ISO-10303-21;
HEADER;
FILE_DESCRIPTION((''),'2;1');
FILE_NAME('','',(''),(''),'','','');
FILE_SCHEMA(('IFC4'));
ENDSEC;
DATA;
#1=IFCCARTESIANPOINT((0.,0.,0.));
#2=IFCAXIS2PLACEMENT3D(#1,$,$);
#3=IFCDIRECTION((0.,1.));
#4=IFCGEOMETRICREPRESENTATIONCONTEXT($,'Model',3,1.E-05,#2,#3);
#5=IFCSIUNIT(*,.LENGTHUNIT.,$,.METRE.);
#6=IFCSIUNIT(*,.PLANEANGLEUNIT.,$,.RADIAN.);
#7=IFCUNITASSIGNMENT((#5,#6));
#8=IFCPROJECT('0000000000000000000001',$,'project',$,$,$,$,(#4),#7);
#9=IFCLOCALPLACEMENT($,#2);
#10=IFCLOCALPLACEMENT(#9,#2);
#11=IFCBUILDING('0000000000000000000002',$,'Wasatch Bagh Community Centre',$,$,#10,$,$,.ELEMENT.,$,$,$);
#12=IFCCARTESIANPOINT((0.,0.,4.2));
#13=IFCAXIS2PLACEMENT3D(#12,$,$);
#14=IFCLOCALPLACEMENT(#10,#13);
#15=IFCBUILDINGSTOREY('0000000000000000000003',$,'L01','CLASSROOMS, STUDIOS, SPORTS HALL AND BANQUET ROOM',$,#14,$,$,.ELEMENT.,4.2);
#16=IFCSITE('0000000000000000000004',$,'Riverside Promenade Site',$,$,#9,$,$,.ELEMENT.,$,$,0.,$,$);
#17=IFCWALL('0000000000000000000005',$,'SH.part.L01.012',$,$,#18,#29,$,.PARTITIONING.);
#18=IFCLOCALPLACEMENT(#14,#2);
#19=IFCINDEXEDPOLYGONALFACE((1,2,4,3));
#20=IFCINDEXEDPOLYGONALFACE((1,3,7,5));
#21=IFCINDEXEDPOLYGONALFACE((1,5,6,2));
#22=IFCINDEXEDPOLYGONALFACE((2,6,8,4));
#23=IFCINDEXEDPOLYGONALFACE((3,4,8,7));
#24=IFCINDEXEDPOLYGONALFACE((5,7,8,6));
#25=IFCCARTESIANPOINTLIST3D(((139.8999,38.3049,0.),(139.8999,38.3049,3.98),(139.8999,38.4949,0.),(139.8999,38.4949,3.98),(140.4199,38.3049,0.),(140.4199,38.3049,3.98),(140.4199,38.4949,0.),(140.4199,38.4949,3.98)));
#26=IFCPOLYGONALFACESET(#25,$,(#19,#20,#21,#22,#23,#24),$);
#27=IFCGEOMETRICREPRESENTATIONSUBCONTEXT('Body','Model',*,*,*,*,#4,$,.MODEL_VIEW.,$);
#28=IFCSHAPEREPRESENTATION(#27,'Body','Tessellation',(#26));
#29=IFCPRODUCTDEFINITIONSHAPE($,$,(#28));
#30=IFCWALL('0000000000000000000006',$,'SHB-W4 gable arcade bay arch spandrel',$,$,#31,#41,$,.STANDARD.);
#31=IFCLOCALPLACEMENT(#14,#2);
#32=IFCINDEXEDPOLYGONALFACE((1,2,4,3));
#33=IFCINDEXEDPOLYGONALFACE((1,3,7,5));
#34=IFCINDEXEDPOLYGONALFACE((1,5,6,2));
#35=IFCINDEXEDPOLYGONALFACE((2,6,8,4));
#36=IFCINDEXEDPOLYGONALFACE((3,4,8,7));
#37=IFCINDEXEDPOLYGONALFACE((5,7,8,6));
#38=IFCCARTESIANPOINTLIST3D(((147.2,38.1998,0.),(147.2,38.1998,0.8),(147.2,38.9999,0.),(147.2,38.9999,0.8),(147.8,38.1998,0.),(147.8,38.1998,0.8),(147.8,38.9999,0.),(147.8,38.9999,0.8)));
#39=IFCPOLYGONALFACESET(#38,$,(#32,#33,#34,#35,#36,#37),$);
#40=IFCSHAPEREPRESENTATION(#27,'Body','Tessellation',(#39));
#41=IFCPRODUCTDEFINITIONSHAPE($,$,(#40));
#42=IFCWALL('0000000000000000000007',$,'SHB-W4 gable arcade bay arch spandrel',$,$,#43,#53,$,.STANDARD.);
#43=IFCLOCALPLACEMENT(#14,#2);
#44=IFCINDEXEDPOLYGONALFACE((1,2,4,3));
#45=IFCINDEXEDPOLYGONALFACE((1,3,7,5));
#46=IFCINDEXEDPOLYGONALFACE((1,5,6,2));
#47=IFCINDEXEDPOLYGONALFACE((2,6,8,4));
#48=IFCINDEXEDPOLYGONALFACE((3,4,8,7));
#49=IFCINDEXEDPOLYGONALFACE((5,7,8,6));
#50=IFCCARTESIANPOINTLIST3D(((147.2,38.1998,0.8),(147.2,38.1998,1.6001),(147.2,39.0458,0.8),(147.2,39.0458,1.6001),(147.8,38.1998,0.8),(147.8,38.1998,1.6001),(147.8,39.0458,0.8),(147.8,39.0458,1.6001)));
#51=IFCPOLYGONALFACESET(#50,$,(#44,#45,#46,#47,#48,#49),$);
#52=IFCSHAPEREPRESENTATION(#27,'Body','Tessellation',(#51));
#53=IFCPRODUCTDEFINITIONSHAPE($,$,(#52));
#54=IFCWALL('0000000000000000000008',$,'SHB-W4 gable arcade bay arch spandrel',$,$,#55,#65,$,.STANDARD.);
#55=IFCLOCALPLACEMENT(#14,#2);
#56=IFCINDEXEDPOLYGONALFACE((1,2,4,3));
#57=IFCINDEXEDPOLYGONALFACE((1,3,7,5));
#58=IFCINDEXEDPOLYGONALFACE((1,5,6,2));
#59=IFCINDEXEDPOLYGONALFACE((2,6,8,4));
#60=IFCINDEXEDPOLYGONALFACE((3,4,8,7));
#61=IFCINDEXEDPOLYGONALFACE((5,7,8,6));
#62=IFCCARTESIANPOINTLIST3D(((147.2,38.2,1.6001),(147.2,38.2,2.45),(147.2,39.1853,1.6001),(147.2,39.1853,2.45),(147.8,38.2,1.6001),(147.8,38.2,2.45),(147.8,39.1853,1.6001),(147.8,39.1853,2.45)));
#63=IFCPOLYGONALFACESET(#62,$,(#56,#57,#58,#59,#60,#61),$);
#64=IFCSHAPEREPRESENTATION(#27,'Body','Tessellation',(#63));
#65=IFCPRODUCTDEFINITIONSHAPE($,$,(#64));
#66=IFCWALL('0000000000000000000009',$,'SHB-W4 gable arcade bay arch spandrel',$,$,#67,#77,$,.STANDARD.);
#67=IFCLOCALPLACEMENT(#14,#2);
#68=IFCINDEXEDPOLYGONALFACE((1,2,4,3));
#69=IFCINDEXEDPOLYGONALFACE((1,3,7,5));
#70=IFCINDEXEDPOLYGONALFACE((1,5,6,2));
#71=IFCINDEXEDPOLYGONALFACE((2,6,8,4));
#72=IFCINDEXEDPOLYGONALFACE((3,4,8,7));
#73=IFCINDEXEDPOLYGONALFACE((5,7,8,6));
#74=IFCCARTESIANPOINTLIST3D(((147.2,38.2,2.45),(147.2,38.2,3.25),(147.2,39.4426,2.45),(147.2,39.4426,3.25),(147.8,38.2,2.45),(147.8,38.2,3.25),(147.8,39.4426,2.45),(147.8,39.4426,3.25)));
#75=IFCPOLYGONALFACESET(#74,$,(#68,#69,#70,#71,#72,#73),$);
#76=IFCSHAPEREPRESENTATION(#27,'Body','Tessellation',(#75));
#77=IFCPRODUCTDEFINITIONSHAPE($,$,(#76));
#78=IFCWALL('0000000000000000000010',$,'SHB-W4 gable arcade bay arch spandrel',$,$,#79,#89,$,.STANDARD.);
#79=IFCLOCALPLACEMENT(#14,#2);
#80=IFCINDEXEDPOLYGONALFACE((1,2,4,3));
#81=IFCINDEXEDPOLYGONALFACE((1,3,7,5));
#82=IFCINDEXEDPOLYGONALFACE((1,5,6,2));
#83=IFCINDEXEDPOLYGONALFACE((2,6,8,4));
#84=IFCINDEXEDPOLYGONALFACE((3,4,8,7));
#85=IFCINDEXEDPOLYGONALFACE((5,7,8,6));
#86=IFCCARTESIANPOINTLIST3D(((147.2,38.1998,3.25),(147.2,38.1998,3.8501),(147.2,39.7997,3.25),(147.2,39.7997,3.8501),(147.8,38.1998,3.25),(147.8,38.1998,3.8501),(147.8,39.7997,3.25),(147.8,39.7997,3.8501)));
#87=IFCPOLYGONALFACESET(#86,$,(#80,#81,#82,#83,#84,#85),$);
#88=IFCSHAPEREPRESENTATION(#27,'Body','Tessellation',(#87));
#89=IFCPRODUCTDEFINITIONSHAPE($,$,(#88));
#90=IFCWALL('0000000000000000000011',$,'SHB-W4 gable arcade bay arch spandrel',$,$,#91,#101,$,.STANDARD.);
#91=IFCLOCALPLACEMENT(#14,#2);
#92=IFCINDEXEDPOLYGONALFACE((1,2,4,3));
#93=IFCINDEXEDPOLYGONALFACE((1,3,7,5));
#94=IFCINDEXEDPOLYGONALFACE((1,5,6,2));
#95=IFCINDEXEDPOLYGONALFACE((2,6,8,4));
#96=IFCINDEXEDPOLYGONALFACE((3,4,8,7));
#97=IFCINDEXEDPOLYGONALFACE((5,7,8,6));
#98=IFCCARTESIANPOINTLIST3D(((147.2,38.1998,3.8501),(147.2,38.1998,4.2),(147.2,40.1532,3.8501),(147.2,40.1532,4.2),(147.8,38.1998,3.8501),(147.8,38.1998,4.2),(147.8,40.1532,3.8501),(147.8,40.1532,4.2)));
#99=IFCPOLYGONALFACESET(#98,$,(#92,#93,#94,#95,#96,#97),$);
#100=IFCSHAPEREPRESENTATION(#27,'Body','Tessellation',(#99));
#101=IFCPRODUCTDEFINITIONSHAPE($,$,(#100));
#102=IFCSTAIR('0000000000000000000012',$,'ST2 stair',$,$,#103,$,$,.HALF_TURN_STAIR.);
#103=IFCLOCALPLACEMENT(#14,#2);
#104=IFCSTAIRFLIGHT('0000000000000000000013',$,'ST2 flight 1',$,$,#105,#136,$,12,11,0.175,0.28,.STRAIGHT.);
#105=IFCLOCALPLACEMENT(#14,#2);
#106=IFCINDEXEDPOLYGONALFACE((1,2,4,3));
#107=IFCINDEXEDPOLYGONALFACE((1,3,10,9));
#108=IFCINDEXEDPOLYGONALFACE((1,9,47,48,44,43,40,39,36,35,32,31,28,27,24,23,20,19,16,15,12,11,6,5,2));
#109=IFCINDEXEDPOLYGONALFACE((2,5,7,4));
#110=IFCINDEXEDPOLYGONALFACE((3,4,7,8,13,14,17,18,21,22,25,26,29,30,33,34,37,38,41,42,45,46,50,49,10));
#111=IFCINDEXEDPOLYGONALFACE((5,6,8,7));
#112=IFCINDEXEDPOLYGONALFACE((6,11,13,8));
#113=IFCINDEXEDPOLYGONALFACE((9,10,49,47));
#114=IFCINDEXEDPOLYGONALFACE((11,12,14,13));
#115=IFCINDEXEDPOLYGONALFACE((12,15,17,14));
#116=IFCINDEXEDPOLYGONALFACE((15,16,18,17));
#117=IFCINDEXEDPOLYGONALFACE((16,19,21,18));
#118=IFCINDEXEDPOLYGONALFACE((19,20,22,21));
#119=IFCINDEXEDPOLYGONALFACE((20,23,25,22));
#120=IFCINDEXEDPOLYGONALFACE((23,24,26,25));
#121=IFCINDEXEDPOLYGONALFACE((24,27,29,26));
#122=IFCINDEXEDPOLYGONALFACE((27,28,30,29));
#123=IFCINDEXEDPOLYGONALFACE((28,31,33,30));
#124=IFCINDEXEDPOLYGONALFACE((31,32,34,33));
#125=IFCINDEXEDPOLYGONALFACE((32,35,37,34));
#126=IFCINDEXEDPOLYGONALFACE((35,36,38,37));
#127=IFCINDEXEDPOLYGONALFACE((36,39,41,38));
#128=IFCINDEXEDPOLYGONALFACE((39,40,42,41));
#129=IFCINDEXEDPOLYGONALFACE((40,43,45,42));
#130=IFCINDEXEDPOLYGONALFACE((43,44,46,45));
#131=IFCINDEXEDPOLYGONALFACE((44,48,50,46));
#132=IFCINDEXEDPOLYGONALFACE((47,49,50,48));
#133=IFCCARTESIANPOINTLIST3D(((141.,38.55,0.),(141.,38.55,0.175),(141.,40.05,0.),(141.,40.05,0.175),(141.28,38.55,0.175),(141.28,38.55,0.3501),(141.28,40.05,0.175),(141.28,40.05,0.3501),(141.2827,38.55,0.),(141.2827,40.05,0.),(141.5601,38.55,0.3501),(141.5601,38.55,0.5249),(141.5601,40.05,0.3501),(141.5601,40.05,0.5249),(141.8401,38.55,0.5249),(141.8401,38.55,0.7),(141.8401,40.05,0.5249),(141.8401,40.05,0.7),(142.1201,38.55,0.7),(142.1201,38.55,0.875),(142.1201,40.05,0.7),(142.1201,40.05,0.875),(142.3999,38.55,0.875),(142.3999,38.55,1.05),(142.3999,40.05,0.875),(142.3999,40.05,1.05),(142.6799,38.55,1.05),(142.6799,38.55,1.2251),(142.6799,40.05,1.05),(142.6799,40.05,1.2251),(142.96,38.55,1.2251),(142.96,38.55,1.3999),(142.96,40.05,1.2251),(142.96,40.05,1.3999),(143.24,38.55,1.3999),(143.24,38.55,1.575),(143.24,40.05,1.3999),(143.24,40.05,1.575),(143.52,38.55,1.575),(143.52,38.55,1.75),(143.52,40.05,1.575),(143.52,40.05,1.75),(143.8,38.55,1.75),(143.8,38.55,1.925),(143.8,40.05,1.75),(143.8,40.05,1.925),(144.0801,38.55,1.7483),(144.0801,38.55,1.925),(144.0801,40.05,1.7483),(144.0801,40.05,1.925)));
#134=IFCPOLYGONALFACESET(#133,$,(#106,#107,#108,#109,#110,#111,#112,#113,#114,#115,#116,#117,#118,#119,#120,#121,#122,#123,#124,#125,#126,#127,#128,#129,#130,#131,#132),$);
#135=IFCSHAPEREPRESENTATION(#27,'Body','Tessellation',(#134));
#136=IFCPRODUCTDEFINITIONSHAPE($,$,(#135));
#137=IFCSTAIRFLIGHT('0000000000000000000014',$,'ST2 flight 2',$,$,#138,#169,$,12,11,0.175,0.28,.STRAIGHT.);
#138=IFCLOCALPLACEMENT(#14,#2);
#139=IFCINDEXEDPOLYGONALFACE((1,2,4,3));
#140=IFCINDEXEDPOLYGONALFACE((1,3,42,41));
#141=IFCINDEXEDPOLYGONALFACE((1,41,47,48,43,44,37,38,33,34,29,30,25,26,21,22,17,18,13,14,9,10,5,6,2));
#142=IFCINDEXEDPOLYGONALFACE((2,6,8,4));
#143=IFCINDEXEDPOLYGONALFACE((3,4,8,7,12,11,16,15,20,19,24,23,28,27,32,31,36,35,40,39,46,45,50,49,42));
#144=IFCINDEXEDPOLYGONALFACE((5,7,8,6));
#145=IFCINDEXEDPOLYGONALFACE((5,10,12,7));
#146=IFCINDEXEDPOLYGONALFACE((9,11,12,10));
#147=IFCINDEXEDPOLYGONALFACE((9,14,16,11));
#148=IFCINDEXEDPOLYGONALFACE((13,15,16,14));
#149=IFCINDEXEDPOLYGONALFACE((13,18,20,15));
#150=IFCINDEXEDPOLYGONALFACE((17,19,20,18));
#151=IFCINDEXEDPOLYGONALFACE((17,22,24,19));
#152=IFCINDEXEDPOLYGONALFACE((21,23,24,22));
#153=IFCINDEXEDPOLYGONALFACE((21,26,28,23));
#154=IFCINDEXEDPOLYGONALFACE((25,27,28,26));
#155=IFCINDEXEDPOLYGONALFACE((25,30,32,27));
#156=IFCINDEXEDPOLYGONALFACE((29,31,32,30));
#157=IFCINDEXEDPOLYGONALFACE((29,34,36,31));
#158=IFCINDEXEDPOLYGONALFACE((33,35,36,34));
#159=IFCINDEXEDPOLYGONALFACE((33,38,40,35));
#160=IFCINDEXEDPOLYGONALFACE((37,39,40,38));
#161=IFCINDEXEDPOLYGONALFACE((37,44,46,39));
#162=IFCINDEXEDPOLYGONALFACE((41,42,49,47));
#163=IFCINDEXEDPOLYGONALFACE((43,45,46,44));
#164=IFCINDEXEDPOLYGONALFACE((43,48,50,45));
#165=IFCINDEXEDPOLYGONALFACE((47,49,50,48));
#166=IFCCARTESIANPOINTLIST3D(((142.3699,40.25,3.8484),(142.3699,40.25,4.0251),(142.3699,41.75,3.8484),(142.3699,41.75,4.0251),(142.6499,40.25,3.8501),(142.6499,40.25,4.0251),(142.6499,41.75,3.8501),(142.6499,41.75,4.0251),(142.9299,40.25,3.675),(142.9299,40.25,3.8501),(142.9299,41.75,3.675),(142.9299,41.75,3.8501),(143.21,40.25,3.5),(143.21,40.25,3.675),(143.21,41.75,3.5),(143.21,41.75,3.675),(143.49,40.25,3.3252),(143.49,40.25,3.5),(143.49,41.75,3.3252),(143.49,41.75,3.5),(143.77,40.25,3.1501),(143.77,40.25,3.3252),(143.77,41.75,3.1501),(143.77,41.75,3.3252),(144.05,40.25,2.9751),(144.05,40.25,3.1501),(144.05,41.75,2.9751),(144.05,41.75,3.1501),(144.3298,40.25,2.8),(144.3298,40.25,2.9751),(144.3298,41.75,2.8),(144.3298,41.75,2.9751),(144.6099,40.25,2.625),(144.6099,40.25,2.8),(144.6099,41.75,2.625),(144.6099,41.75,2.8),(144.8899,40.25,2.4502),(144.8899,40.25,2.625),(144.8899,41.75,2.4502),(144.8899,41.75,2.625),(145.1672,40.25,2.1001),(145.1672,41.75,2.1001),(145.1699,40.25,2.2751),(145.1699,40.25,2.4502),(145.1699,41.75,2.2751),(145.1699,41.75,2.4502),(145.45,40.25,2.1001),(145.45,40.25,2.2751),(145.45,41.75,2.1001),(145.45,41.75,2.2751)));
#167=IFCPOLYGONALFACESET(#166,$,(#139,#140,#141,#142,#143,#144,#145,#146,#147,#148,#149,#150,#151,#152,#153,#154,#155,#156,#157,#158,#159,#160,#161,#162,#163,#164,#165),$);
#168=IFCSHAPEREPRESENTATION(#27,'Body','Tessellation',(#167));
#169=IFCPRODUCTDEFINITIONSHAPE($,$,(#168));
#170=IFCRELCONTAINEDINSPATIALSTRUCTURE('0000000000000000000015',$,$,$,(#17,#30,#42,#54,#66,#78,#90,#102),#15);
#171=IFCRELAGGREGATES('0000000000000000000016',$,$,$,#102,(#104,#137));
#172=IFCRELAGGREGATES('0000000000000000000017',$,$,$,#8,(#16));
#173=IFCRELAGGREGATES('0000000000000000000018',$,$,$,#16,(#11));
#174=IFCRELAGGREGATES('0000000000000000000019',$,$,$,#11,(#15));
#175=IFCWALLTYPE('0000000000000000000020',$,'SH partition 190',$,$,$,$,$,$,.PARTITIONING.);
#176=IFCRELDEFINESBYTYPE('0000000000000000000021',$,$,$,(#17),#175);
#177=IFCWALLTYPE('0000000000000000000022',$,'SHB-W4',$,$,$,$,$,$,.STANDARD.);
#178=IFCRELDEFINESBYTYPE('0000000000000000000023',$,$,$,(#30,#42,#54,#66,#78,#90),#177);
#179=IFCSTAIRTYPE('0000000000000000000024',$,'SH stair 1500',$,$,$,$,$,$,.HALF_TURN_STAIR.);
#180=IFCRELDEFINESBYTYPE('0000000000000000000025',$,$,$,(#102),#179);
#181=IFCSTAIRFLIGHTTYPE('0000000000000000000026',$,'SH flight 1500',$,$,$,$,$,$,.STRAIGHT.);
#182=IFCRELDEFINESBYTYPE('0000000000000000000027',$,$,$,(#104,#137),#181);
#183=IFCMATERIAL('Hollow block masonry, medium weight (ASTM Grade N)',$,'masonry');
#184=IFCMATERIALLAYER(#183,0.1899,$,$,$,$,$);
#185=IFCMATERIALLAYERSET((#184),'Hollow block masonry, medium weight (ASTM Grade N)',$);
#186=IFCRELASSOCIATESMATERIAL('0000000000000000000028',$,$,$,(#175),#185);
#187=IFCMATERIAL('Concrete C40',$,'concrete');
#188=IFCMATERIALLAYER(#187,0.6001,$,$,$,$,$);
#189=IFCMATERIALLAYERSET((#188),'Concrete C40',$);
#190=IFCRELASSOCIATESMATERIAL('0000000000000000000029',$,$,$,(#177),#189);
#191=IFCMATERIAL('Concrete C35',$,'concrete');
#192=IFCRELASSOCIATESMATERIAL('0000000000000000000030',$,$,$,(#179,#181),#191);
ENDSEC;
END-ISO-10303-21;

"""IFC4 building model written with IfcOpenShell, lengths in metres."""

from ifc_helpers import new_model, si_unit, direction, frame, frame_2d, origin, place, context, subcontext, project, spatial, polyline, rectangle, outline, extrude, material, layer, layer_set, type_object, element, aggregate, save


model = new_model("IFC4")

# Units and contexts
model_context = context("Model", 3, precision=1e-05, world=origin(), true_north=direction((0.0, 1.0)))
body_context = subcontext(model_context, "Body", "Model", "MODEL_VIEW")
ifc_project = project(units=[si_unit("LENGTHUNIT", "METRE"), si_unit("PLANEANGLEUNIT", "RADIAN")], contexts=[model_context])

# Site, building, storey
site_placement = place(None, origin())
site = spatial("IfcSite", under=ifc_project, at=site_placement, Name="Riverside Promenade Site", CompositionType="ELEMENT", RefElevation=0.0)
building_placement = place(site_placement, origin())
building = spatial("IfcBuilding", under=site, at=building_placement, Name="Wasatch Bagh Community Centre", CompositionType="ELEMENT")
storey_placement = place(building_placement, frame((0.0, 0.0, 4.2)))
storey = spatial("IfcBuildingStorey", under=building, at=storey_placement, Name="L01", Description="CLASSROOMS, STUDIOS, SPORTS HALL AND BANQUET ROOM", CompositionType="ELEMENT", Elevation=4.2)

# Shared definitions
ifc_material_1 = material(Name="Concrete C40", Category="concrete")

# Walls
ifc_material_2 = material(Name="Hollow block masonry, medium weight (ASTM Grade N)", Category="masonry")
ifc_layer_1 = layer(ifc_material_2, 0.1899)
ifc_layer_set_1 = layer_set([ifc_layer_1], Name="Hollow block masonry, medium weight (ASTM Grade N)")
wall_type_1 = type_object("IfcWallType", Name="SH partition 190", PredefinedType="PARTITIONING", material=ifc_layer_set_1)
wall_1_placement = place(storey_placement, frame((139.8999, 38.3999, 0.0), z_axis=(0.0, 0.0, 1.0), x_axis=(1.0, 0.0, 0.0)))
element("IfcWall", 1, at=wall_1_placement, inside=storey, type_object=wall_type_1, Name="SH.part.L01.012", PredefinedType="PARTITIONING", context=body_context, shape_type="SweptSolid", body=[
    extrude(rectangle(XDim=0.52, YDim=0.1899, at=frame_2d((0.26, 0.0))), origin(), (0.0, 0.0, 1.0), 3.98),
])
ifc_layer_2 = layer(ifc_material_1, 0.6001)
ifc_layer_set_2 = layer_set([ifc_layer_2], Name="Concrete C40")
wall_type_2 = type_object("IfcWallType", Name="SHB-W4", PredefinedType="STANDARD", material=ifc_layer_set_2)
wall_2_placement = place(storey_placement, frame((147.5, 38.2, 0.0), z_axis=(0.0, 0.0, 1.0), x_axis=(0.0, 1.0, 0.0)))
element("IfcWall", 2, at=wall_2_placement, inside=storey, type_object=wall_type_2, Name="SHB-W4 gable arcade bay arch spandrel", PredefinedType="STANDARD", context=body_context, shape_type="SweptSolid", body=[
    extrude(rectangle(XDim=0.8, YDim=0.6001, at=frame_2d((0.3999, 0.0))), origin(), (0.0, 0.0, 1.0), 0.8),
])
wall_3_placement = place(storey_placement, frame((147.5, 38.2, 0.8), z_axis=(0.0, 0.0, 1.0), x_axis=(0.0, 1.0, 0.0)))
element("IfcWall", 3, at=wall_3_placement, inside=storey, type_object=wall_type_2, Name="SHB-W4 gable arcade bay arch spandrel", PredefinedType="STANDARD", context=body_context, shape_type="SweptSolid", body=[
    extrude(rectangle(XDim=0.8459, YDim=0.6001, at=frame_2d((0.4229, 0.0))), origin(), (0.0, 0.0, 1.0), 0.8),
])
wall_4_placement = place(storey_placement, frame((147.5, 38.2, 1.6001), z_axis=(0.0, 0.0, 1.0), x_axis=(0.0, 1.0, 0.0)))
element("IfcWall", 4, at=wall_4_placement, inside=storey, type_object=wall_type_2, Name="SHB-W4 gable arcade bay arch spandrel", PredefinedType="STANDARD", context=body_context, shape_type="SweptSolid", body=[
    extrude(rectangle(XDim=0.9854, YDim=0.6001, at=frame_2d((0.4927, 0.0))), origin(), (0.0, 0.0, 1.0), 0.8499),
])
wall_5_placement = place(storey_placement, frame((147.5, 38.2, 2.45), z_axis=(0.0, 0.0, 1.0), x_axis=(0.0, 1.0, 0.0)))
element("IfcWall", 5, at=wall_5_placement, inside=storey, type_object=wall_type_2, Name="SHB-W4 gable arcade bay arch spandrel", PredefinedType="STANDARD", context=body_context, shape_type="SweptSolid", body=[
    extrude(rectangle(XDim=1.2427, YDim=0.6001, at=frame_2d((0.6213, 0.0))), origin(), (0.0, 0.0, 1.0), 0.8),
])
wall_6_placement = place(storey_placement, frame((147.5, 38.2, 3.25), z_axis=(0.0, 0.0, 1.0), x_axis=(0.0, 1.0, 0.0)))
element("IfcWall", 6, at=wall_6_placement, inside=storey, type_object=wall_type_2, Name="SHB-W4 gable arcade bay arch spandrel", PredefinedType="STANDARD", context=body_context, shape_type="SweptSolid", body=[
    extrude(rectangle(XDim=1.5999, YDim=0.6001, at=frame_2d((0.7998, 0.0))), origin(), (0.0, 0.0, 1.0), 0.6001),
])
wall_7_placement = place(storey_placement, frame((147.5, 38.2, 3.8501), z_axis=(0.0, 0.0, 1.0), x_axis=(0.0, 1.0, 0.0)))
element("IfcWall", 7, at=wall_7_placement, inside=storey, type_object=wall_type_2, Name="SHB-W4 gable arcade bay arch spandrel", PredefinedType="STANDARD", context=body_context, shape_type="SweptSolid", body=[
    extrude(rectangle(XDim=1.9534, YDim=0.6001, at=frame_2d((0.9766, 0.0))), origin(), (0.0, 0.0, 1.0), 0.3499),
])

# Stair, stair flights
ifc_material_3 = material(Name="Concrete C35", Category="concrete")
stair_type = type_object("IfcStairType", Name="SH stair 1500", PredefinedType="HALF_TURN_STAIR", material=ifc_material_3)
stair_placement = place(storey_placement, origin())
stair = element("IfcStair", 8, at=stair_placement, inside=storey, type_object=stair_type, Name="ST2 stair", PredefinedType="HALF_TURN_STAIR")
stair_flight_type = type_object("IfcStairFlightType", Name="SH flight 1500", PredefinedType="STRAIGHT", material=ifc_material_3)
stair_flight_1_placement = place(storey_placement, frame((141.0, 39.3, 0.0), z_axis=(0.0, 0.0, 1.0), x_axis=(1.0, 0.0, 0.0)))
stair_flight_1 = element("IfcStairFlight", 9, at=stair_flight_1_placement, type_object=stair_flight_type, Name="ST2 flight 1", NumberOfRisers=12, NumberOfTreads=11, PredefinedType="STRAIGHT", RiserHeight=0.175, TreadLength=0.28, context=body_context, shape_type="SweptSolid", body=[
    extrude(outline(polyline([(0.0, 0.0), (0.0, 0.175), (0.28, 0.175), (0.28, 0.3501), (0.5601, 0.3501), (0.5601, 0.5249), (0.8401, 0.5249), (0.8401, 0.7), (1.1201, 0.7), (1.1201, 0.875), (1.3999, 0.875), (1.3999, 1.05), (1.6799, 1.05), (1.6799, 1.2251), (1.96, 1.2251), (1.96, 1.3999), (2.24, 1.3999), (2.24, 1.575), (2.52, 1.575), (2.52, 1.75), (2.8, 1.75), (2.8, 1.925), (3.0801, 1.925), (3.0801, 2.1001), (3.0801, 1.7483), (0.2827, 0.0), (0.0, 0.0)])), frame((0.0, 0.75, 0.0), z_axis=(0.0, -1.0, 0.0), x_axis=(1.0, 0.0, 0.0)), (0.0, 0.0, 1.0), 1.5),
])
stair_flight_2_placement = place(storey_placement, frame((145.45, 41.0, 2.1001), z_axis=(0.0, 0.0, 1.0), x_axis=(-1.0, 0.0, 0.0)))
stair_flight_2 = element("IfcStairFlight", 10, at=stair_flight_2_placement, type_object=stair_flight_type, Name="ST2 flight 2", NumberOfRisers=12, NumberOfTreads=11, PredefinedType="STRAIGHT", RiserHeight=0.175, TreadLength=0.28, context=body_context, shape_type="SweptSolid", body=[
    extrude(outline(polyline([(0.0, 0.0), (0.0, 0.175), (0.28, 0.175), (0.28, 0.3501), (0.5601, 0.3501), (0.5601, 0.5249), (0.8401, 0.5249), (0.8401, 0.7), (1.1201, 0.7), (1.1201, 0.875), (1.3999, 0.875), (1.3999, 1.05), (1.6799, 1.05), (1.6799, 1.2251), (1.96, 1.2251), (1.96, 1.3999), (2.24, 1.3999), (2.24, 1.575), (2.52, 1.575), (2.52, 1.75), (2.8, 1.75), (2.8, 1.925), (3.0801, 1.925), (3.0801, 2.1001), (3.0801, 1.7483), (0.2827, 0.0), (0.0, 0.0)])), frame((0.0, 0.75, 0.0), z_axis=(0.0, -1.0, 0.0), x_axis=(1.0, 0.0, 0.0)), (0.0, 0.0, 1.0), 1.5),
])
aggregate(stair, [stair_flight_1, stair_flight_2])

save(model, "model.ifc")
